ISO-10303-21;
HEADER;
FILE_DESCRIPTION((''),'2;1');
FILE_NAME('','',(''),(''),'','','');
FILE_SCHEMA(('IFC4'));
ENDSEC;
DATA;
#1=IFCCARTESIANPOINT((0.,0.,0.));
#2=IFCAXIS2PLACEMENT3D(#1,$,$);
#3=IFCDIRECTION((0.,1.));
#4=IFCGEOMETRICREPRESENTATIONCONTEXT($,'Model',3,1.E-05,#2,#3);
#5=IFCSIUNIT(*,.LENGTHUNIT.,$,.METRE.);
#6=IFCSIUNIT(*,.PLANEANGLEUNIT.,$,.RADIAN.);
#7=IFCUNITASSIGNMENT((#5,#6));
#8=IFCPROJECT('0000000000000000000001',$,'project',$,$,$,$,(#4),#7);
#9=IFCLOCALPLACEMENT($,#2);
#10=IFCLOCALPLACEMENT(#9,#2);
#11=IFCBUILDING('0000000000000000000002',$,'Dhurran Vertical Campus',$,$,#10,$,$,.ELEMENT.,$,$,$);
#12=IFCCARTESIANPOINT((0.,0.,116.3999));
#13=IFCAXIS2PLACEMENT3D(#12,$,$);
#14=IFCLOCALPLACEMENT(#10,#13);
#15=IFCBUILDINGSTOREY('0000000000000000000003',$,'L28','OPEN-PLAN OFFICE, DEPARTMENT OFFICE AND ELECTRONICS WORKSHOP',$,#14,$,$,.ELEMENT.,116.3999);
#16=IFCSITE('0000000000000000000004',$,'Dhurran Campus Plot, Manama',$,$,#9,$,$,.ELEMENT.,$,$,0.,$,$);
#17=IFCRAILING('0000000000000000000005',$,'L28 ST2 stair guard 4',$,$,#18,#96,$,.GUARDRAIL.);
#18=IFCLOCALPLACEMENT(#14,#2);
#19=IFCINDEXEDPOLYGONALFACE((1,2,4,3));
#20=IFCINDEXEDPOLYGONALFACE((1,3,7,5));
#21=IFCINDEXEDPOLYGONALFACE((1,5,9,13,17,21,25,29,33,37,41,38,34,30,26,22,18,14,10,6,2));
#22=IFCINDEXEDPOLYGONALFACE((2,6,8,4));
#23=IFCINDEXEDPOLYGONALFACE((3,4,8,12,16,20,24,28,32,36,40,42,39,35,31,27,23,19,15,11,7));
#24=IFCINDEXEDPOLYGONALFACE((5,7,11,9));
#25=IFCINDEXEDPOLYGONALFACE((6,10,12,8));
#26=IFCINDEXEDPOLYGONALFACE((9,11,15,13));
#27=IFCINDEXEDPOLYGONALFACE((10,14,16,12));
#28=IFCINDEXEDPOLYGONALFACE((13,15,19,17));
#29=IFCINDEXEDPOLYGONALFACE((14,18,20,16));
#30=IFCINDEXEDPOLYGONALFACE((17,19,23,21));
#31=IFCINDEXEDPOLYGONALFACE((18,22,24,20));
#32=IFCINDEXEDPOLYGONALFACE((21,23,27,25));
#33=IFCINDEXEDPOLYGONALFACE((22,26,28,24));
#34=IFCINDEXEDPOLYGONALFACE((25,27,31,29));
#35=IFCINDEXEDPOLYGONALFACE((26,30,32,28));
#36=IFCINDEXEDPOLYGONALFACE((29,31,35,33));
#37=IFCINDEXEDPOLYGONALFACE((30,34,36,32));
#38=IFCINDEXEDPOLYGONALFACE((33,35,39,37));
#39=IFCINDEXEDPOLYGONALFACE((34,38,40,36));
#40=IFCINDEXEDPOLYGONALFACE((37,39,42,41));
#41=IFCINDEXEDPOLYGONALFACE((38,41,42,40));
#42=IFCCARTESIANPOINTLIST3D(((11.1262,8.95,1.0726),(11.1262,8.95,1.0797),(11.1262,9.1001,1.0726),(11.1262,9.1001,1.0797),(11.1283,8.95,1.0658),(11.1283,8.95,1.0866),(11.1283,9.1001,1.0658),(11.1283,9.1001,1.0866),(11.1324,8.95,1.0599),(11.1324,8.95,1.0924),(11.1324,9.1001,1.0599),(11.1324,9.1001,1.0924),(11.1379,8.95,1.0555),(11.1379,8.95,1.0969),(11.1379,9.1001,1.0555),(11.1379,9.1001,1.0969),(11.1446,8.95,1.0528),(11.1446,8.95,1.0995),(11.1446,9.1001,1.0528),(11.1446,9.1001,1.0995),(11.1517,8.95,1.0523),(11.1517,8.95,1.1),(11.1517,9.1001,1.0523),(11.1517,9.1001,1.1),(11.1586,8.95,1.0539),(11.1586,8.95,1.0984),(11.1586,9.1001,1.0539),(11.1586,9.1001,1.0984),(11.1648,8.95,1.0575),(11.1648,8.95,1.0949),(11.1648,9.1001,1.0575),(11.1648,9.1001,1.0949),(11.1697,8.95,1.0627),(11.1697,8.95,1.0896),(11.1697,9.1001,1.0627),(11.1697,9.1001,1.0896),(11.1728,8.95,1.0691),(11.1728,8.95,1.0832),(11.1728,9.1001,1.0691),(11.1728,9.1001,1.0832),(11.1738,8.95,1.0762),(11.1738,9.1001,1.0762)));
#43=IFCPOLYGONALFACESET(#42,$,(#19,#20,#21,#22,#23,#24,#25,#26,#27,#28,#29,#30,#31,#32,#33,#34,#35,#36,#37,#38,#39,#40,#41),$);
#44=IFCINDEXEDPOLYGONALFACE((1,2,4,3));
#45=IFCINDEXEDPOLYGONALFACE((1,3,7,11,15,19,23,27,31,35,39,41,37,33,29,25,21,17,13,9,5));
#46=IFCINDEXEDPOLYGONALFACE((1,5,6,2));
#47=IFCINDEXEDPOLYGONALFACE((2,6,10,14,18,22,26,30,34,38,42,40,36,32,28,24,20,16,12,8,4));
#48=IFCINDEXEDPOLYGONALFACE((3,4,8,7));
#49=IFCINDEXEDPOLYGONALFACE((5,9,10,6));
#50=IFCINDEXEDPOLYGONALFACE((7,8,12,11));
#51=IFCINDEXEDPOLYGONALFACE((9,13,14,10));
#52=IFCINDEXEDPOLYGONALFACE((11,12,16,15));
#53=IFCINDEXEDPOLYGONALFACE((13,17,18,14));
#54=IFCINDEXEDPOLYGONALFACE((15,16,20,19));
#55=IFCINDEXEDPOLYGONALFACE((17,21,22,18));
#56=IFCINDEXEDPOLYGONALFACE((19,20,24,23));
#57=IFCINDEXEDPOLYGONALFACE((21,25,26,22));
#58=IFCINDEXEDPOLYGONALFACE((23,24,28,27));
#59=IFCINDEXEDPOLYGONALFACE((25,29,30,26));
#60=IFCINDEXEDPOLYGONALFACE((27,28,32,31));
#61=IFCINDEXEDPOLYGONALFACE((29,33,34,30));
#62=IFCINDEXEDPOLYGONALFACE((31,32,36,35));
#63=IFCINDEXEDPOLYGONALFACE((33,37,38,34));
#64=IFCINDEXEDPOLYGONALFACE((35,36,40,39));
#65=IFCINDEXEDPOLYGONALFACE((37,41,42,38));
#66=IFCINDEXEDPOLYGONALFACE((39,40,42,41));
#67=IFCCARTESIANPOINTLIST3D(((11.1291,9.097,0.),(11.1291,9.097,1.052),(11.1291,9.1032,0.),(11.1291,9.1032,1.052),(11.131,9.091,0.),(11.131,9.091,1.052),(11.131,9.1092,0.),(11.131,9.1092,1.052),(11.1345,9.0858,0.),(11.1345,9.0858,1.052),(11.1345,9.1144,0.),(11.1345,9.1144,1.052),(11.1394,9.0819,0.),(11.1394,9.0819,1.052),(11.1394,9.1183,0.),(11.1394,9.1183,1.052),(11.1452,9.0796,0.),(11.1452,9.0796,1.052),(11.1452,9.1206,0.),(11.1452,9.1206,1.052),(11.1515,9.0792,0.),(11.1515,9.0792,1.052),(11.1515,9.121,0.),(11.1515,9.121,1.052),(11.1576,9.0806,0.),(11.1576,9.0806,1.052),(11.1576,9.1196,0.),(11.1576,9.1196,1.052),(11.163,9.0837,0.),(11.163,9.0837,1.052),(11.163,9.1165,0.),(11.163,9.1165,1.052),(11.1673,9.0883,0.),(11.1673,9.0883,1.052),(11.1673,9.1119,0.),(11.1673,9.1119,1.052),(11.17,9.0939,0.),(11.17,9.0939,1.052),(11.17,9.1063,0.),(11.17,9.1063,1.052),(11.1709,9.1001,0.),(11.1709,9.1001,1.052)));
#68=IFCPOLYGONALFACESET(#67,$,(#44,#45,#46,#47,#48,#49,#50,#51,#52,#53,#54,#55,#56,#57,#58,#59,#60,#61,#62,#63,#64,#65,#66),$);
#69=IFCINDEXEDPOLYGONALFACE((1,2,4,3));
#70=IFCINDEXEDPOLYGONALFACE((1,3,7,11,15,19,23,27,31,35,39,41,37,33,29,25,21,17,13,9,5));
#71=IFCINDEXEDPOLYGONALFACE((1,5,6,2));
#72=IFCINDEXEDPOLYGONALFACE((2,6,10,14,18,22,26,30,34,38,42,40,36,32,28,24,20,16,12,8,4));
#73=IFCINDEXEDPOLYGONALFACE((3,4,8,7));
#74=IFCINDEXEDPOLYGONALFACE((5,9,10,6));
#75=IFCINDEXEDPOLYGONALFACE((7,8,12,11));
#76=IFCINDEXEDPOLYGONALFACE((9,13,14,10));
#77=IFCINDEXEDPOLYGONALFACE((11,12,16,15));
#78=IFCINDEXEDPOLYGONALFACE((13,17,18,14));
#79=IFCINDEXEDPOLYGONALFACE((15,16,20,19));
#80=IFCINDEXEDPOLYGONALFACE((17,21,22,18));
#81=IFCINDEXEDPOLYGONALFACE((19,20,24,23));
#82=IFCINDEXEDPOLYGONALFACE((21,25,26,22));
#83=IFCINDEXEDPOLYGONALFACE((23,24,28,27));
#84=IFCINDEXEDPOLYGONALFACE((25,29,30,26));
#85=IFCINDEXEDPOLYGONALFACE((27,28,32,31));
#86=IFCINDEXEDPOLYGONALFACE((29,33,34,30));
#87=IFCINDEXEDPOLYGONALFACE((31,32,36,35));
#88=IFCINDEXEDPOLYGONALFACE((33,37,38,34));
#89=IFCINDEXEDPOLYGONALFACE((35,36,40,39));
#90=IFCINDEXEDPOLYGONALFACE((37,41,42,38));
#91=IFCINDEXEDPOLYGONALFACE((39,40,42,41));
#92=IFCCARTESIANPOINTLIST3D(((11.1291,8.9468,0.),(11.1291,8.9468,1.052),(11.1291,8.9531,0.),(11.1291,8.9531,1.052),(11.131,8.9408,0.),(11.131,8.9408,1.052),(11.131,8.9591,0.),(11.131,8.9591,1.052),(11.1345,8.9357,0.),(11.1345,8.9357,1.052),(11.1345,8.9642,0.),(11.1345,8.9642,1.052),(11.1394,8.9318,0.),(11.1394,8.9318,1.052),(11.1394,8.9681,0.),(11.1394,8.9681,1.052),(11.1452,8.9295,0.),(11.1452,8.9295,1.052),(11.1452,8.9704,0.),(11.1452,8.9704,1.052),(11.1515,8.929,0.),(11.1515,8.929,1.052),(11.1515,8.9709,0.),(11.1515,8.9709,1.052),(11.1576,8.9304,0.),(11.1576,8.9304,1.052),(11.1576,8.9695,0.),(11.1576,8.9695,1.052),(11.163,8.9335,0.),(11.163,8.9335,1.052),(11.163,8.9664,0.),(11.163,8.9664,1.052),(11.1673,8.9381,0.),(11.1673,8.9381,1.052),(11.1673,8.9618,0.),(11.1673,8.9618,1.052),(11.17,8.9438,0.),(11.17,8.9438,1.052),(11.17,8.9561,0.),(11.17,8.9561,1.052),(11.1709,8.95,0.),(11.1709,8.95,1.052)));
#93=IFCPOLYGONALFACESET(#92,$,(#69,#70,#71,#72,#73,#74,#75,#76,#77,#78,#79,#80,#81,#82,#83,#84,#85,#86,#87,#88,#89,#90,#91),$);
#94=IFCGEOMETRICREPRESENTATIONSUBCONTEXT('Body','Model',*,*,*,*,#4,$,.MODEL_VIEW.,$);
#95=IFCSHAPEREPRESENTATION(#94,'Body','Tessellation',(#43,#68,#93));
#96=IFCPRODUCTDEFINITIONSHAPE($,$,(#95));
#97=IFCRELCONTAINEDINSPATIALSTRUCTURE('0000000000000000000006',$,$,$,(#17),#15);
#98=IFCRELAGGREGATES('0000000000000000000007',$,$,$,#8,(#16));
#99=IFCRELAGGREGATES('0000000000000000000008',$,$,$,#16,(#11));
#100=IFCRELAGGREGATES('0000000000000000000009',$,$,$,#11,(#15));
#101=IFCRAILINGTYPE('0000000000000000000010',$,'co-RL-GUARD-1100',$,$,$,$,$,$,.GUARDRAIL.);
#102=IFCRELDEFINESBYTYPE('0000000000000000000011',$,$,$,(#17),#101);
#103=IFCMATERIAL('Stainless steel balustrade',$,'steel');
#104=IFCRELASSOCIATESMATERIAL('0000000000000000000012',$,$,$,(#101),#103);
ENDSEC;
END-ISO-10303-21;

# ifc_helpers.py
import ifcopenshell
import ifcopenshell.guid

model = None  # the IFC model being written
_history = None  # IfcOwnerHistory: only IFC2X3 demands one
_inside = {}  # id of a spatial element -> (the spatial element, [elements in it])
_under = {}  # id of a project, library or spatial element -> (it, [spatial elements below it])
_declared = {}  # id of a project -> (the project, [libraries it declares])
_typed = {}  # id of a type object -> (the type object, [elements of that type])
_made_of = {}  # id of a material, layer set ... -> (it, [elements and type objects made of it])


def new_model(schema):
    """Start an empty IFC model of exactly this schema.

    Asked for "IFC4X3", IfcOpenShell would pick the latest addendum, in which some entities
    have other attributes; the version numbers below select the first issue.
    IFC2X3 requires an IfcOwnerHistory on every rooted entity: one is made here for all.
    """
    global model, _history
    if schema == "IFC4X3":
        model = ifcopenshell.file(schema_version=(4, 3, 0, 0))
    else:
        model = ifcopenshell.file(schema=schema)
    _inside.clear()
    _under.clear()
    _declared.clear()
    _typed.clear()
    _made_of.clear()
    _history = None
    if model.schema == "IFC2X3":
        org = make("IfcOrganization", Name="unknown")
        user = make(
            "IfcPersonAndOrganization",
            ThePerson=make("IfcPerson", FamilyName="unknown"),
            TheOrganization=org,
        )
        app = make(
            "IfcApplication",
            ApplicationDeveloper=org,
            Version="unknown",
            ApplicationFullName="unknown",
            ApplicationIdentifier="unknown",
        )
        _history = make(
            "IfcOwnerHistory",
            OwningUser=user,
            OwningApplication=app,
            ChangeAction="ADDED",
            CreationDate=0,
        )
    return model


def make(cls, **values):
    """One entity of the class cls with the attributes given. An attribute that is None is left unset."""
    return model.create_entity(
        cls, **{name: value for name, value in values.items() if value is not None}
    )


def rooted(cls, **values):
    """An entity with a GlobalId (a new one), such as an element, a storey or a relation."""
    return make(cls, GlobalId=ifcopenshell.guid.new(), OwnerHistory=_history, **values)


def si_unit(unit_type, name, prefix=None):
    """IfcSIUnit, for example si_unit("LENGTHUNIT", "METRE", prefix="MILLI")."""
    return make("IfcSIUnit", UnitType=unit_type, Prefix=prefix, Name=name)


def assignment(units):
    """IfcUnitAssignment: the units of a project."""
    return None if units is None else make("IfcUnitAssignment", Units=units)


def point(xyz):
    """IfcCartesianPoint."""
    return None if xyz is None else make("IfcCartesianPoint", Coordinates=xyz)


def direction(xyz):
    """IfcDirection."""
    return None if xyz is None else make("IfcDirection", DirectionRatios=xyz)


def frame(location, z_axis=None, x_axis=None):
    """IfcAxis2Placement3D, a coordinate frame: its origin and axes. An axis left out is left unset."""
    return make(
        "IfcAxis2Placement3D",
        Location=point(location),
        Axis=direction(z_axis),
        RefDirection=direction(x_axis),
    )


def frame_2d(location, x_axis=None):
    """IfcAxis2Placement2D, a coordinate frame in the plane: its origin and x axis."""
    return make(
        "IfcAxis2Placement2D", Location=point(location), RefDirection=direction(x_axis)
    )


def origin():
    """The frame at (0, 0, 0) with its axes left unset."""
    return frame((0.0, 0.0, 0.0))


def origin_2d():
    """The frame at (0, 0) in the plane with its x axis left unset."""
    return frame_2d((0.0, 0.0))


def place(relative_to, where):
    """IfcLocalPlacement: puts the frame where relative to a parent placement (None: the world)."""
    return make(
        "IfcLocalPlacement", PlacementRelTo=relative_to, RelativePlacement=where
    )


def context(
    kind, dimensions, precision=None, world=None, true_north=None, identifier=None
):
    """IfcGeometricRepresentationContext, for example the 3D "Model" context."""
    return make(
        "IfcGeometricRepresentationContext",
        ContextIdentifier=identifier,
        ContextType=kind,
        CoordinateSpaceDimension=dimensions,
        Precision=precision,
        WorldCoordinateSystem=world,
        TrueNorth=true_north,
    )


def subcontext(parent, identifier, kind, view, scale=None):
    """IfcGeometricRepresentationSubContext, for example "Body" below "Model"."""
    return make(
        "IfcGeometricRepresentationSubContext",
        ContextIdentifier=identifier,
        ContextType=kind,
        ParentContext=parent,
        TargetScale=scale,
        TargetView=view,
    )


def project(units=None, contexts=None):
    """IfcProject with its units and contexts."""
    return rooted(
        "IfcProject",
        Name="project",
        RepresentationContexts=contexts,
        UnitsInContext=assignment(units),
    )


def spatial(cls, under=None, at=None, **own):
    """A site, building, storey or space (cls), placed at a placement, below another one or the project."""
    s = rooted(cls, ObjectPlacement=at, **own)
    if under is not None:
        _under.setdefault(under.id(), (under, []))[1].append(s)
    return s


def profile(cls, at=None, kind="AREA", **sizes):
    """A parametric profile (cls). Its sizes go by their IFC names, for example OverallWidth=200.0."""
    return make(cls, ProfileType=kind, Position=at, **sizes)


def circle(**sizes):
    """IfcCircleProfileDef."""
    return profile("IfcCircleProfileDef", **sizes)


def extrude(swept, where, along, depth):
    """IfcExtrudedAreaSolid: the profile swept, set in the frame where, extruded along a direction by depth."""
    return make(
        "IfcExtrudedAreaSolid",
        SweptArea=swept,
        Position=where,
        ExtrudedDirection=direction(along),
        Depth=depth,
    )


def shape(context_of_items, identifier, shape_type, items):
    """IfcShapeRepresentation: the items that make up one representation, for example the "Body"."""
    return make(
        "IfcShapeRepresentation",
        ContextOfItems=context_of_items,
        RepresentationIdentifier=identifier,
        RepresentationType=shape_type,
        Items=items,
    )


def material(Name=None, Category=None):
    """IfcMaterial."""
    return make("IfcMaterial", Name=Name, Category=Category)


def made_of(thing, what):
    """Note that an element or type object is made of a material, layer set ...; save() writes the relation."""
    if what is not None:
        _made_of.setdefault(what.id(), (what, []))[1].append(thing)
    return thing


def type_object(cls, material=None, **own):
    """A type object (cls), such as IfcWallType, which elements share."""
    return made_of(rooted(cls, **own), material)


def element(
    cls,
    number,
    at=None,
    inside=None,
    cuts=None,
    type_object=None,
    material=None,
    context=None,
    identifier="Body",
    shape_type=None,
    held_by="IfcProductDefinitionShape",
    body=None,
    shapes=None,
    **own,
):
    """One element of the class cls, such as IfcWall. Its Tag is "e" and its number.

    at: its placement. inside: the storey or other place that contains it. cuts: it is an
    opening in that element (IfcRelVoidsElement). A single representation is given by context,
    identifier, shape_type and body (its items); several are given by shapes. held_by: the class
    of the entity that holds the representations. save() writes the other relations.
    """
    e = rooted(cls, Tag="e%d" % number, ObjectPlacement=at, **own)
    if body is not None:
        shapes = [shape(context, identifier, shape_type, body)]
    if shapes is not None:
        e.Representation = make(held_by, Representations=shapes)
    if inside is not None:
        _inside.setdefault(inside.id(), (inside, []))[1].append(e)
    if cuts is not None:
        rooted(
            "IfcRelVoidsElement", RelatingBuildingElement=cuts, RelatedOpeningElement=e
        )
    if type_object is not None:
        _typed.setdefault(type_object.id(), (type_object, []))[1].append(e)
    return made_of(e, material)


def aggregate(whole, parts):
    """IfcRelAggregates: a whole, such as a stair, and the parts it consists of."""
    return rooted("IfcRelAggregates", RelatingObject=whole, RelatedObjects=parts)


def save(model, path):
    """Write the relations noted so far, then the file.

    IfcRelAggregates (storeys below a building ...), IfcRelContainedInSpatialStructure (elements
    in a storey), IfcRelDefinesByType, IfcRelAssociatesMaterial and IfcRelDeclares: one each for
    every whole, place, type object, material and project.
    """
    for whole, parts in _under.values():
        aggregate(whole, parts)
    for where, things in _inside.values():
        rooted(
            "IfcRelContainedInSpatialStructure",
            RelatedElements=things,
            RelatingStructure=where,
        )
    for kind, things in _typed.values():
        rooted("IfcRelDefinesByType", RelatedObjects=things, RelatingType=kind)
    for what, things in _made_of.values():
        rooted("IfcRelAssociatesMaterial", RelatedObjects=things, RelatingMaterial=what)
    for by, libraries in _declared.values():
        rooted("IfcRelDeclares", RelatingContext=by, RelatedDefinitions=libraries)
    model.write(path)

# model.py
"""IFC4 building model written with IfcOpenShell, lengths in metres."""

from ifc_helpers import new_model, si_unit, direction, frame, origin, origin_2d, place, context, subcontext, project, spatial, circle, extrude, material, type_object, element, save


model = new_model("IFC4")

# Units and contexts
model_context = context("Model", 3, precision=1e-05, world=origin(), true_north=direction((0.0, 1.0)))
body_context = subcontext(model_context, "Body", "Model", "MODEL_VIEW")
ifc_project = project(units=[si_unit("LENGTHUNIT", "METRE"), si_unit("PLANEANGLEUNIT", "RADIAN")], contexts=[model_context])

# Site, building, storey
site_placement = place(None, origin())
site = spatial("IfcSite", under=ifc_project, at=site_placement, Name="Dhurran Campus Plot, Manama", CompositionType="ELEMENT", RefElevation=0.0)
building_placement = place(site_placement, origin())
building = spatial("IfcBuilding", under=site, at=building_placement, Name="Dhurran Vertical Campus", CompositionType="ELEMENT")
storey_placement = place(building_placement, frame((0.0, 0.0, 116.3999)))
storey = spatial("IfcBuildingStorey", under=building, at=storey_placement, Name="L28", Description="OPEN-PLAN OFFICE, DEPARTMENT OFFICE AND ELECTRONICS WORKSHOP", CompositionType="ELEMENT", Elevation=116.3999)

# Railing
ifc_material_1 = material(Name="Stainless steel balustrade", Category="steel")
railing_type_1 = type_object("IfcRailingType", Name="co-RL-GUARD-1100", PredefinedType="GUARDRAIL", material=ifc_material_1)
railing_1_placement = place(storey_placement, frame((11.1499, 9.1001, 0.0)))
element("IfcRailing", 1, at=railing_1_placement, inside=storey, type_object=railing_type_1, Name="L28 ST2 stair guard 4", PredefinedType="GUARDRAIL", context=body_context, shape_type="SweptSolid", body=[
    extrude(circle(Radius=0.0239, at=origin_2d()), frame((0.0, 0.0, 1.0762), z_axis=(0.0, -1.0, 0.0), x_axis=(1.0, 0.0, 0.0)), (0.0, 0.0, 1.0), 0.1501),
    extrude(circle(Radius=0.021, at=origin_2d()), origin(), (0.0, 0.0, 1.0), 1.052),
    extrude(circle(Radius=0.021, at=origin_2d()), frame((0.0, -0.1501, 0.0)), (0.0, 0.0, 1.0), 1.052),
])

save(model, "model.ifc")
